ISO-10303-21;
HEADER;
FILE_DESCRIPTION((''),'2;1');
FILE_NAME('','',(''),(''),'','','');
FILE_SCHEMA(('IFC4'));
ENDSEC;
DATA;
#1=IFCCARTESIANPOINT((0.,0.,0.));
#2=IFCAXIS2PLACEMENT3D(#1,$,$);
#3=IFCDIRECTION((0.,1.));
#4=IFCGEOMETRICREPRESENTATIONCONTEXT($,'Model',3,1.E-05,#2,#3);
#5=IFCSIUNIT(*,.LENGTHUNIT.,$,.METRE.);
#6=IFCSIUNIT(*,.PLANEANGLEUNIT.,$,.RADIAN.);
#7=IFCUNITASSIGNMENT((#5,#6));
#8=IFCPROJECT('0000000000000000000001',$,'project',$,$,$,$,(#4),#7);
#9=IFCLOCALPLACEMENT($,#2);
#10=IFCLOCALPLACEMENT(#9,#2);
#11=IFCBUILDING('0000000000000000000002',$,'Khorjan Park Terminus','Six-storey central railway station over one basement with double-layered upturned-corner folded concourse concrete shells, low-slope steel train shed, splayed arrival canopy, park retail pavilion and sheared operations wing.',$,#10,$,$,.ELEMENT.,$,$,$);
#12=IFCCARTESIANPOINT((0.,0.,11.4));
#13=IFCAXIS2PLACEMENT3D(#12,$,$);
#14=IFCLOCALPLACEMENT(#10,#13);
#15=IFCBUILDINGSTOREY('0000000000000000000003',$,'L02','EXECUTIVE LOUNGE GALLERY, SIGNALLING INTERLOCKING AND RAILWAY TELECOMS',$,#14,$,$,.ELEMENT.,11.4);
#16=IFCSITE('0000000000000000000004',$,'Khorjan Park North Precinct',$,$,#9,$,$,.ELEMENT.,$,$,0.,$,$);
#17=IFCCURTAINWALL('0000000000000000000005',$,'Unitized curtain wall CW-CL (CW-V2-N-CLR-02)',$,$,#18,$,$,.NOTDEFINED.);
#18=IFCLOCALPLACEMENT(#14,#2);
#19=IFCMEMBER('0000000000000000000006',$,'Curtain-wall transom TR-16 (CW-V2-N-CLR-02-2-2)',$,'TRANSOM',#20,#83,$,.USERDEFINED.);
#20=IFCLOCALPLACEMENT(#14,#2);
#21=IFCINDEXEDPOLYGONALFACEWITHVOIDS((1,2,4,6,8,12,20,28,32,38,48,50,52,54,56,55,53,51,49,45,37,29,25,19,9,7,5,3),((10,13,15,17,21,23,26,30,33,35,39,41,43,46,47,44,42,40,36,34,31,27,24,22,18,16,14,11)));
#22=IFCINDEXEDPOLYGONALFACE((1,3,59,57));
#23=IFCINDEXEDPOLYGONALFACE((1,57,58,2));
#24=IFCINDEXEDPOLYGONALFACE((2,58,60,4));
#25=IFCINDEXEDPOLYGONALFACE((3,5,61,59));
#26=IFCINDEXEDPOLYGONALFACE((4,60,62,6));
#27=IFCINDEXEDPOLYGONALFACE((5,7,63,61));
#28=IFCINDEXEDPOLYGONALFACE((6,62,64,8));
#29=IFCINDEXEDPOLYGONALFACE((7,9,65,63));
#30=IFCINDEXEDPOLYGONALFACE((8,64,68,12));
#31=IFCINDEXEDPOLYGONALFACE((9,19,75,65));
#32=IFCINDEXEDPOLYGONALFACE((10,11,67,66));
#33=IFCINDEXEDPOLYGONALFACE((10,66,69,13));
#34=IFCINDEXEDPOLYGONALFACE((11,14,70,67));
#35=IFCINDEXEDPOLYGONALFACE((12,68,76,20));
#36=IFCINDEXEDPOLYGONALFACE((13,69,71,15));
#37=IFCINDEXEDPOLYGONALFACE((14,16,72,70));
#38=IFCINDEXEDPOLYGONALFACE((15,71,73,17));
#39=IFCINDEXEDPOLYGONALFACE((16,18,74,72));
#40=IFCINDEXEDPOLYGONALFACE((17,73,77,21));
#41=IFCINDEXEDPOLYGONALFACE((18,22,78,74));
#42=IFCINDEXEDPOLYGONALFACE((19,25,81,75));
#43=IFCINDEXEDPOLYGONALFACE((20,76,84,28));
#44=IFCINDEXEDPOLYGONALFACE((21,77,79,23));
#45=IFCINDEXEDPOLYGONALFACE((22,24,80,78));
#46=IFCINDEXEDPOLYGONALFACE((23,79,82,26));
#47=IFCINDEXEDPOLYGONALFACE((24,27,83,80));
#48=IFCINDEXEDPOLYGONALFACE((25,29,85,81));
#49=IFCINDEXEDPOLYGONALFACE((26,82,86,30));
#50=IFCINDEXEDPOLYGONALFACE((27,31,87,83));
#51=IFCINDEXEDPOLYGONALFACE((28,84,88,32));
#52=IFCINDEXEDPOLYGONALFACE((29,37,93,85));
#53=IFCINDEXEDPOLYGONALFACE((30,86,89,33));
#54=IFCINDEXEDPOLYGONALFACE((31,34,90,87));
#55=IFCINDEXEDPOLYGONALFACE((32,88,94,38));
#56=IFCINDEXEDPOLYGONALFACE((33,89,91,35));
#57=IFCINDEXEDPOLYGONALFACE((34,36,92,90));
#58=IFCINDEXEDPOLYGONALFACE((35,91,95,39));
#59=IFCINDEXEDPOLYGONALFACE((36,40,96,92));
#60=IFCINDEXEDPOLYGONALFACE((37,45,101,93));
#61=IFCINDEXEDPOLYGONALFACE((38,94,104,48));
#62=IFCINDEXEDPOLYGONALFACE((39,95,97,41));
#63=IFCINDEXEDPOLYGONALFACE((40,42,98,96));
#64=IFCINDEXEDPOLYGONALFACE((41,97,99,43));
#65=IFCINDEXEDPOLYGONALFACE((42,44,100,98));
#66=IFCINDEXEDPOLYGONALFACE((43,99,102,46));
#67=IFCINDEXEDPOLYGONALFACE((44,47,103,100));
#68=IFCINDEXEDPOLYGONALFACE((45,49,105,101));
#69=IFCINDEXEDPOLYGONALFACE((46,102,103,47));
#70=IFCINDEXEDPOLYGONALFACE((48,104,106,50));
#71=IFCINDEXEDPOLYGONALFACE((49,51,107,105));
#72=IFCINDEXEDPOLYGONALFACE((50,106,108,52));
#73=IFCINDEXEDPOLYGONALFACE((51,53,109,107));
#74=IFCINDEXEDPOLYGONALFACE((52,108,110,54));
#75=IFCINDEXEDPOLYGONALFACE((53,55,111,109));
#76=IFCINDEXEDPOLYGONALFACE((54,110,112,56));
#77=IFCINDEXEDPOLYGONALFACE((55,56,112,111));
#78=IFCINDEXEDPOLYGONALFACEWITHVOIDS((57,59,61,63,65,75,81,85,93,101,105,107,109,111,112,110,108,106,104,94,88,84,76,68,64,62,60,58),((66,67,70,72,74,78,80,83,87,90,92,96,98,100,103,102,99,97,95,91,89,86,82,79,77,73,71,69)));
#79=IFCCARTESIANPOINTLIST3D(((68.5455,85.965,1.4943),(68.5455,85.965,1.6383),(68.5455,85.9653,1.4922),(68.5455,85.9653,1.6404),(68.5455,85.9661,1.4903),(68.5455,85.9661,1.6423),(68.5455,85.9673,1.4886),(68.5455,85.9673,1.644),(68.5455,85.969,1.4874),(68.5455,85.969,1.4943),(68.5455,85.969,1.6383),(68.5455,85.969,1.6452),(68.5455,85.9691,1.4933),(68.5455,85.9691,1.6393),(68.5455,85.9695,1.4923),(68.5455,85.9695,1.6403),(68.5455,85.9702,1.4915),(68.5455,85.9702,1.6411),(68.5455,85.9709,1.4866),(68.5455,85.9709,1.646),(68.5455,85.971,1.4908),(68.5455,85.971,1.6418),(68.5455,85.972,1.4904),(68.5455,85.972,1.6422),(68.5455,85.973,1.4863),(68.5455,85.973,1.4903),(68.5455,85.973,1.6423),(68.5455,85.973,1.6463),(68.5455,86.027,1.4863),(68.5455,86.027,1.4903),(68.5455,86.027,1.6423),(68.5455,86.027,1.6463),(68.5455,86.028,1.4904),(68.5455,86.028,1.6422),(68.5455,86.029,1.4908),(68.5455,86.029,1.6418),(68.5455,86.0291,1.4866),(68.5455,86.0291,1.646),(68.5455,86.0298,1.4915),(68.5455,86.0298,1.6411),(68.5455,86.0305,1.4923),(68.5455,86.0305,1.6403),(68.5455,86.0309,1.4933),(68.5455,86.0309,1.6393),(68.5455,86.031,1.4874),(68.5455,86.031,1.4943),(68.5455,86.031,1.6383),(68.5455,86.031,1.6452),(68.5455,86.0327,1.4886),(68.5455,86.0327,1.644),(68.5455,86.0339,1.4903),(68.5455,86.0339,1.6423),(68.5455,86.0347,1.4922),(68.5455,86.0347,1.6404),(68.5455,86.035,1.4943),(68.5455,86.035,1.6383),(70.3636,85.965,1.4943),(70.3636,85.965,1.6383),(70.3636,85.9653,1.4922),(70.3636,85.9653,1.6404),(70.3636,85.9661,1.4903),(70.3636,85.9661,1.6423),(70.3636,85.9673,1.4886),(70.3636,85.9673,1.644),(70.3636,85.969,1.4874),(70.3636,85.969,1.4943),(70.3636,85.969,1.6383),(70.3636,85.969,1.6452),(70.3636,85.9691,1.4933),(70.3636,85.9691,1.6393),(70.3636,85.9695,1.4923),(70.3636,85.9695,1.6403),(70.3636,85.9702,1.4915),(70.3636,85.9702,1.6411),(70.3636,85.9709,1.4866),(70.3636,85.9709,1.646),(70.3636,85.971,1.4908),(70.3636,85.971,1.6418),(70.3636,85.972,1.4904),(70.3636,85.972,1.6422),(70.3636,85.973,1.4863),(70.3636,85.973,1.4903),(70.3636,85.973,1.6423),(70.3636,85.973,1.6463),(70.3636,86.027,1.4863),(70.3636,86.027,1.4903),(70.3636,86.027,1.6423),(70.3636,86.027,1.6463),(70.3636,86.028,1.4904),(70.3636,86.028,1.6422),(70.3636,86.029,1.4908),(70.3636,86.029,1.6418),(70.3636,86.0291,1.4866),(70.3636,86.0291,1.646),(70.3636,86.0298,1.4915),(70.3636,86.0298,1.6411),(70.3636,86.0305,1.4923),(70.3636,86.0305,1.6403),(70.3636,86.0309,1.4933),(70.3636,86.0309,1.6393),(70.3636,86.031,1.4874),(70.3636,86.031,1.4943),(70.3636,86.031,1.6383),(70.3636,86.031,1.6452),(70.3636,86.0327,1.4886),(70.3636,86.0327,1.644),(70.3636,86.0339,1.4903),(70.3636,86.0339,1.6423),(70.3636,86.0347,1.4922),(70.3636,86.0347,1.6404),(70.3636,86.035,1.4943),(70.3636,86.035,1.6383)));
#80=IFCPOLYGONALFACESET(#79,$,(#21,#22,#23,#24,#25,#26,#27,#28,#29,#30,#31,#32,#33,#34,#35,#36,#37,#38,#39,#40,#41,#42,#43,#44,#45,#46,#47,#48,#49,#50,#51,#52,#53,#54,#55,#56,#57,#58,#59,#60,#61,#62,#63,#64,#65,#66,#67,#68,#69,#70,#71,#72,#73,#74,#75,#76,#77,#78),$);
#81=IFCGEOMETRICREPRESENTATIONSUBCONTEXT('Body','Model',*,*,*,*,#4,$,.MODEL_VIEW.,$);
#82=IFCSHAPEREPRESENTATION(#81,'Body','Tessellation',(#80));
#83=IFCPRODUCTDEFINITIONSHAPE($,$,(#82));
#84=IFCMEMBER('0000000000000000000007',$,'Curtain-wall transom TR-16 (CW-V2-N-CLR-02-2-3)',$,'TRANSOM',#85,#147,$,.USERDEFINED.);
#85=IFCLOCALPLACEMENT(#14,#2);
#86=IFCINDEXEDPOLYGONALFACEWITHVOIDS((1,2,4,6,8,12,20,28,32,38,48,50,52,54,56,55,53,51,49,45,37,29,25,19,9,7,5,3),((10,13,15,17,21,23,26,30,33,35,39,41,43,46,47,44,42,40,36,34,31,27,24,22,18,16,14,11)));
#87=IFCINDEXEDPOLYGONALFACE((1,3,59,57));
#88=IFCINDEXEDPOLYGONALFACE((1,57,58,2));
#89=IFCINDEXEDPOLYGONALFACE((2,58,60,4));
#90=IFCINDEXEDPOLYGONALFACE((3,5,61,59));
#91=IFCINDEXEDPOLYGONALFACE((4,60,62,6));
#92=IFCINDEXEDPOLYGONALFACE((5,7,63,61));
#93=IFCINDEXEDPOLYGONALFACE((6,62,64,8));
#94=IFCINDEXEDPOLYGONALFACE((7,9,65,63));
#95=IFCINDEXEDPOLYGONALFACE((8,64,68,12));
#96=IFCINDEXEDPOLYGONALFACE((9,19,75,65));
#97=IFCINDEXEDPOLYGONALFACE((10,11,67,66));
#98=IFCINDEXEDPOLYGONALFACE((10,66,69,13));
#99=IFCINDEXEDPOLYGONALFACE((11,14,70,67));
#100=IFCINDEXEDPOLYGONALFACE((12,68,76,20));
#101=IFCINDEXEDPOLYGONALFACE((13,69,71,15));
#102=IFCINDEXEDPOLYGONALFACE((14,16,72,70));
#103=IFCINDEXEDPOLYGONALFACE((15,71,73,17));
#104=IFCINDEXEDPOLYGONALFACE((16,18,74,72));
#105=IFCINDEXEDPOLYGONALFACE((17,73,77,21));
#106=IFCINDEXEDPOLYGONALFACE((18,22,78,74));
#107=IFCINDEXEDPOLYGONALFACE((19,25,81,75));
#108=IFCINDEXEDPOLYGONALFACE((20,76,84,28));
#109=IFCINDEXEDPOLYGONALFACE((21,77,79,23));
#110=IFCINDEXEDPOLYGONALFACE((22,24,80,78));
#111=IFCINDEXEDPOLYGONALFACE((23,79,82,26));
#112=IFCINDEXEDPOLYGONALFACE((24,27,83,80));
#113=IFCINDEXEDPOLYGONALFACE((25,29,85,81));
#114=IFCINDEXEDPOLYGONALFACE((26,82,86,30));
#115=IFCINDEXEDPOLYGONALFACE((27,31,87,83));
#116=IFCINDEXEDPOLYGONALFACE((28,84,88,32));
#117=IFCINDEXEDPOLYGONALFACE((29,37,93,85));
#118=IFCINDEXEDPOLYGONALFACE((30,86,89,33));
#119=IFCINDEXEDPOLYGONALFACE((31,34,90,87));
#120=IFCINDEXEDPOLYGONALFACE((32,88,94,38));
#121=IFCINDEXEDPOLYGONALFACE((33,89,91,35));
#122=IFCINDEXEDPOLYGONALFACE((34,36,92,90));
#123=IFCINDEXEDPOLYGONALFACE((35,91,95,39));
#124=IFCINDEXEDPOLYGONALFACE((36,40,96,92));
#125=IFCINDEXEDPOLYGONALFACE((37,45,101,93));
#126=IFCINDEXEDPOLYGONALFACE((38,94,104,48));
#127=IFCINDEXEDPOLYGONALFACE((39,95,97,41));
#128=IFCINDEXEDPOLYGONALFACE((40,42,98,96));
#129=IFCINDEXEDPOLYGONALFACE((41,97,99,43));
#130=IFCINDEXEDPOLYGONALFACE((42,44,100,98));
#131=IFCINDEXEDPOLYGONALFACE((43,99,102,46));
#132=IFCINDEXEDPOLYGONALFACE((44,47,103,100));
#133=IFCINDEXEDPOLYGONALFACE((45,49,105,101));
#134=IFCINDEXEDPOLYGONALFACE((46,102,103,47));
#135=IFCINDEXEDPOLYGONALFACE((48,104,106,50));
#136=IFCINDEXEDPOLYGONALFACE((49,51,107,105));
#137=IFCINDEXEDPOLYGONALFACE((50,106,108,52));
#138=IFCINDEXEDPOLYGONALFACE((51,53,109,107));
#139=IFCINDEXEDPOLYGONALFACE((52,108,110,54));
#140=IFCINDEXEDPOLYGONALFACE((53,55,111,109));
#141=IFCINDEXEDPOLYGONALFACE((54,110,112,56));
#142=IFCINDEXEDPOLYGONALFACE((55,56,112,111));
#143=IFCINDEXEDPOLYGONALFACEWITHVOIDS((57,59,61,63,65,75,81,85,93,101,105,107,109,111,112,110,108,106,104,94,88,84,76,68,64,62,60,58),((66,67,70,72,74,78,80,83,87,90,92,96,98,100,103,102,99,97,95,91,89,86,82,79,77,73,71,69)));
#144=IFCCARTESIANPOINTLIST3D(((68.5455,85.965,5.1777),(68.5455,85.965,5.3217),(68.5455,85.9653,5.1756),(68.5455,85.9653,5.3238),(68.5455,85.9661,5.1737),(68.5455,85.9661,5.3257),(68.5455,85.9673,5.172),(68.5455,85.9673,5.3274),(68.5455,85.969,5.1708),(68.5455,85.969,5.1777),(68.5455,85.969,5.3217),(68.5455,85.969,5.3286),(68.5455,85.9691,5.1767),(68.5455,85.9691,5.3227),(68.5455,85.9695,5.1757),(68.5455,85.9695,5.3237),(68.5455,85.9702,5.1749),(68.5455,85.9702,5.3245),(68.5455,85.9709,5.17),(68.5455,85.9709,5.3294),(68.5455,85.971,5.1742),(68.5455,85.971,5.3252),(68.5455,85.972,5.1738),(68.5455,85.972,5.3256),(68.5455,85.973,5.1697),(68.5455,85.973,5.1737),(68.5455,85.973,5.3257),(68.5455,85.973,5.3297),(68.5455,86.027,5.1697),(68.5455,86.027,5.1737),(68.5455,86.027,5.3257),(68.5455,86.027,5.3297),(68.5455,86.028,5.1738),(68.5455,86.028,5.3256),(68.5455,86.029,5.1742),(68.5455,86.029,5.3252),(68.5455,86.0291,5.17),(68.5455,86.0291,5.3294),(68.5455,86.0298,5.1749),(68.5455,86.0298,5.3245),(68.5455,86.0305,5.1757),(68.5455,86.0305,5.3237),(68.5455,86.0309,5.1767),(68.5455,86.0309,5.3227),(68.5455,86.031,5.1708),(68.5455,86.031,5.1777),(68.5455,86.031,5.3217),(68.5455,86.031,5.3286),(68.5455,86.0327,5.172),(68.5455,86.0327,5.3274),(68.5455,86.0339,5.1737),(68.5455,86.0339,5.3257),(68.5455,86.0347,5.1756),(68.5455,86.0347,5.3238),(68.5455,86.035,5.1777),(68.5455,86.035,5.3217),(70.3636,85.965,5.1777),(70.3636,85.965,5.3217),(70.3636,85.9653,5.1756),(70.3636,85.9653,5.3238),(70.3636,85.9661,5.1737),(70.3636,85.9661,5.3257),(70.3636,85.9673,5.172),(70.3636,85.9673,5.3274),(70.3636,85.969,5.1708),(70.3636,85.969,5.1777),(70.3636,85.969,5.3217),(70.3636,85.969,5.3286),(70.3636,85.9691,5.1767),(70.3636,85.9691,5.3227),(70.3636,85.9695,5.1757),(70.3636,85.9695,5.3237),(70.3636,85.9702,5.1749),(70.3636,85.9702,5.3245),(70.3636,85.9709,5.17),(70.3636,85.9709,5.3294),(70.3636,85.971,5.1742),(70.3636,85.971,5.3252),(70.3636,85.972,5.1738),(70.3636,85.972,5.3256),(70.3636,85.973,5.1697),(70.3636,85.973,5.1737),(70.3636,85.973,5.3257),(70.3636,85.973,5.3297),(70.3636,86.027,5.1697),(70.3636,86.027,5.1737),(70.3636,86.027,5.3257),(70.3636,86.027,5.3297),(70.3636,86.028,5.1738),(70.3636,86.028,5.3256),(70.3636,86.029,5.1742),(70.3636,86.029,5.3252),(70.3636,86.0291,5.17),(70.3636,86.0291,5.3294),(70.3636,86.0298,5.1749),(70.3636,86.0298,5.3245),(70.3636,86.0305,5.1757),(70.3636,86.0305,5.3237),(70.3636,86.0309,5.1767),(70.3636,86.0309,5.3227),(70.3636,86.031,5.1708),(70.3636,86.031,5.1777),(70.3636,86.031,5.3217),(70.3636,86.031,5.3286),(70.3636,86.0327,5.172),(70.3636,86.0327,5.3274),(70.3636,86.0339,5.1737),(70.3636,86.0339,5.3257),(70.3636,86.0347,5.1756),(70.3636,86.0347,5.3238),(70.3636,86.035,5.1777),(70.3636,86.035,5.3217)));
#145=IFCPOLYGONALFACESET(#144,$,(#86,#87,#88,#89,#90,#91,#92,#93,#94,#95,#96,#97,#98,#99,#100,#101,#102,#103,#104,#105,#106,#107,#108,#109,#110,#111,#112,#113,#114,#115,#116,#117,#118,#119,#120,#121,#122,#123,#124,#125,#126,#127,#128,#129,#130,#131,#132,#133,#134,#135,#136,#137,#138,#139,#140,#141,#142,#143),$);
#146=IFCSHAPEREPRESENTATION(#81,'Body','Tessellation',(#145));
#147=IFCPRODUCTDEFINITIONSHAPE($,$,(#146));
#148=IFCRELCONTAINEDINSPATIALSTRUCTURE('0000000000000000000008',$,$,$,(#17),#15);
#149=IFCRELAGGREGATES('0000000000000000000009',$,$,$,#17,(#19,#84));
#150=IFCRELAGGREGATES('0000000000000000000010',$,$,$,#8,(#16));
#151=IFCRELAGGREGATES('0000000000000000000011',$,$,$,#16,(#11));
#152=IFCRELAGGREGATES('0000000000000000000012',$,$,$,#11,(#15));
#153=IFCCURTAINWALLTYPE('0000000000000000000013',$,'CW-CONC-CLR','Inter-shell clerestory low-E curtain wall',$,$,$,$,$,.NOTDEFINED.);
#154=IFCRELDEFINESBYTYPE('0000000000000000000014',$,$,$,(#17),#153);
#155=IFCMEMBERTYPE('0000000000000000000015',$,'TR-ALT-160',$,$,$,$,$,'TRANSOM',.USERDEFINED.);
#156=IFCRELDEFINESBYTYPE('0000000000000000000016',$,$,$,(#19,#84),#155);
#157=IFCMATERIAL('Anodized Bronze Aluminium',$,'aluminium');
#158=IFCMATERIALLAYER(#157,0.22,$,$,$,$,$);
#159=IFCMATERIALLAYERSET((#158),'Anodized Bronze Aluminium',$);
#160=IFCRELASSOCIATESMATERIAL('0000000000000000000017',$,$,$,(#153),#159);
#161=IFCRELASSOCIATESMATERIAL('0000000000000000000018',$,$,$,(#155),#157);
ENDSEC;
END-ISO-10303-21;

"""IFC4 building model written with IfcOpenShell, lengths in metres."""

from ifc_helpers import new_model, si_unit, direction, frame, origin, origin_2d, place, context, subcontext, project, spatial, hollow_rectangle, extrude, material, layer, layer_set, material_profile, profile_set, type_object, element, aggregate, save


model = new_model("IFC4")

# Units and contexts
model_context = context("Model", 3, precision=1e-05, world=origin(), true_north=direction((0.0, 1.0)))
body_context = subcontext(model_context, "Body", "Model", "MODEL_VIEW")
ifc_project = project(units=[si_unit("LENGTHUNIT", "METRE"), si_unit("PLANEANGLEUNIT", "RADIAN")], contexts=[model_context])

# Site, building, storey
site_placement = place(None, origin())
site = spatial("IfcSite", under=ifc_project, at=site_placement, Name="Khorjan Park North Precinct", CompositionType="ELEMENT", RefElevation=0.0)
building_placement = place(site_placement, origin())
building = spatial("IfcBuilding", under=site, at=building_placement, Name="Khorjan Park Terminus", Description="Six-storey central railway station over one basement with double-layered upturned-corner folded concourse concrete shells, low-slope steel train shed, splayed arrival canopy, park retail pavilion and sheared operations wing.", CompositionType="ELEMENT")
storey_placement = place(building_placement, frame((0.0, 0.0, 11.4)))
storey = spatial("IfcBuildingStorey", under=building, at=storey_placement, Name="L02", Description="EXECUTIVE LOUNGE GALLERY, SIGNALLING INTERLOCKING AND RAILWAY TELECOMS", CompositionType="ELEMENT", Elevation=11.4)

# Curtain wall, members
ifc_material_1 = material(Name="Anodized Bronze Aluminium", Category="aluminium")
ifc_layer_1 = layer(ifc_material_1, 0.22)
ifc_layer_set_1 = layer_set([ifc_layer_1], Name="Anodized Bronze Aluminium")
curtain_wall_type = type_object("IfcCurtainWallType", Name="CW-CONC-CLR", Description="Inter-shell clerestory low-E curtain wall", PredefinedType="NOTDEFINED", material=ifc_layer_set_1)
curtain_wall_placement = place(storey_placement, origin())
curtain_wall = element("IfcCurtainWall", 1, at=curtain_wall_placement, inside=storey, type_object=curtain_wall_type, Name="Unitized curtain wall CW-CL (CW-V2-N-CLR-02)", PredefinedType="NOTDEFINED")
ifc_material_profile_1 = material_profile(ifc_material_1, hollow_rectangle(XDim=0.07, YDim=0.16, WallThickness=0.004, InnerFilletRadius=0.004, OuterFilletRadius=0.008, at=origin_2d()), Name="ALT 70x160x4")
ifc_profile_set_1 = profile_set([ifc_material_profile_1], Name="Anodized Bronze Aluminium")
member_type_1 = type_object("IfcMemberType", Name="TR-ALT-160", ElementType="TRANSOM", PredefinedType="USERDEFINED", material=ifc_profile_set_1)
member_1_placement = place(storey_placement, frame((70.3636, 86.0, 1.5663), z_axis=(-1.0, 0.0, 0.0), x_axis=(0.0, -1.0, 0.0)))
member_1 = element("IfcMember", 2, at=member_1_placement, type_object=member_type_1, Name="Curtain-wall transom TR-16 (CW-V2-N-CLR-02-2-2)", ObjectType="TRANSOM", PredefinedType="USERDEFINED", context=body_context, shape_type="SweptSolid", body=[
    extrude(hollow_rectangle(XDim=0.07, YDim=0.16, WallThickness=0.004, InnerFilletRadius=0.004, OuterFilletRadius=0.008, at=origin_2d()), origin(), (0.0, 0.0, 1.0), 1.8181),
])
member_2_placement = place(storey_placement, frame((70.3636, 86.0, 5.2497), z_axis=(-1.0, 0.0, 0.0), x_axis=(0.0, -1.0, 0.0)))
member_2 = element("IfcMember", 3, at=member_2_placement, type_object=member_type_1, Name="Curtain-wall transom TR-16 (CW-V2-N-CLR-02-2-3)", ObjectType="TRANSOM", PredefinedType="USERDEFINED", context=body_context, shape_type="SweptSolid", body=[
    extrude(hollow_rectangle(XDim=0.07, YDim=0.16, WallThickness=0.004, InnerFilletRadius=0.004, OuterFilletRadius=0.008, at=origin_2d()), origin(), (0.0, 0.0, 1.0), 1.8181),
])

aggregate(curtain_wall, [member_1, member_2])

save(model, "model.ifc")
